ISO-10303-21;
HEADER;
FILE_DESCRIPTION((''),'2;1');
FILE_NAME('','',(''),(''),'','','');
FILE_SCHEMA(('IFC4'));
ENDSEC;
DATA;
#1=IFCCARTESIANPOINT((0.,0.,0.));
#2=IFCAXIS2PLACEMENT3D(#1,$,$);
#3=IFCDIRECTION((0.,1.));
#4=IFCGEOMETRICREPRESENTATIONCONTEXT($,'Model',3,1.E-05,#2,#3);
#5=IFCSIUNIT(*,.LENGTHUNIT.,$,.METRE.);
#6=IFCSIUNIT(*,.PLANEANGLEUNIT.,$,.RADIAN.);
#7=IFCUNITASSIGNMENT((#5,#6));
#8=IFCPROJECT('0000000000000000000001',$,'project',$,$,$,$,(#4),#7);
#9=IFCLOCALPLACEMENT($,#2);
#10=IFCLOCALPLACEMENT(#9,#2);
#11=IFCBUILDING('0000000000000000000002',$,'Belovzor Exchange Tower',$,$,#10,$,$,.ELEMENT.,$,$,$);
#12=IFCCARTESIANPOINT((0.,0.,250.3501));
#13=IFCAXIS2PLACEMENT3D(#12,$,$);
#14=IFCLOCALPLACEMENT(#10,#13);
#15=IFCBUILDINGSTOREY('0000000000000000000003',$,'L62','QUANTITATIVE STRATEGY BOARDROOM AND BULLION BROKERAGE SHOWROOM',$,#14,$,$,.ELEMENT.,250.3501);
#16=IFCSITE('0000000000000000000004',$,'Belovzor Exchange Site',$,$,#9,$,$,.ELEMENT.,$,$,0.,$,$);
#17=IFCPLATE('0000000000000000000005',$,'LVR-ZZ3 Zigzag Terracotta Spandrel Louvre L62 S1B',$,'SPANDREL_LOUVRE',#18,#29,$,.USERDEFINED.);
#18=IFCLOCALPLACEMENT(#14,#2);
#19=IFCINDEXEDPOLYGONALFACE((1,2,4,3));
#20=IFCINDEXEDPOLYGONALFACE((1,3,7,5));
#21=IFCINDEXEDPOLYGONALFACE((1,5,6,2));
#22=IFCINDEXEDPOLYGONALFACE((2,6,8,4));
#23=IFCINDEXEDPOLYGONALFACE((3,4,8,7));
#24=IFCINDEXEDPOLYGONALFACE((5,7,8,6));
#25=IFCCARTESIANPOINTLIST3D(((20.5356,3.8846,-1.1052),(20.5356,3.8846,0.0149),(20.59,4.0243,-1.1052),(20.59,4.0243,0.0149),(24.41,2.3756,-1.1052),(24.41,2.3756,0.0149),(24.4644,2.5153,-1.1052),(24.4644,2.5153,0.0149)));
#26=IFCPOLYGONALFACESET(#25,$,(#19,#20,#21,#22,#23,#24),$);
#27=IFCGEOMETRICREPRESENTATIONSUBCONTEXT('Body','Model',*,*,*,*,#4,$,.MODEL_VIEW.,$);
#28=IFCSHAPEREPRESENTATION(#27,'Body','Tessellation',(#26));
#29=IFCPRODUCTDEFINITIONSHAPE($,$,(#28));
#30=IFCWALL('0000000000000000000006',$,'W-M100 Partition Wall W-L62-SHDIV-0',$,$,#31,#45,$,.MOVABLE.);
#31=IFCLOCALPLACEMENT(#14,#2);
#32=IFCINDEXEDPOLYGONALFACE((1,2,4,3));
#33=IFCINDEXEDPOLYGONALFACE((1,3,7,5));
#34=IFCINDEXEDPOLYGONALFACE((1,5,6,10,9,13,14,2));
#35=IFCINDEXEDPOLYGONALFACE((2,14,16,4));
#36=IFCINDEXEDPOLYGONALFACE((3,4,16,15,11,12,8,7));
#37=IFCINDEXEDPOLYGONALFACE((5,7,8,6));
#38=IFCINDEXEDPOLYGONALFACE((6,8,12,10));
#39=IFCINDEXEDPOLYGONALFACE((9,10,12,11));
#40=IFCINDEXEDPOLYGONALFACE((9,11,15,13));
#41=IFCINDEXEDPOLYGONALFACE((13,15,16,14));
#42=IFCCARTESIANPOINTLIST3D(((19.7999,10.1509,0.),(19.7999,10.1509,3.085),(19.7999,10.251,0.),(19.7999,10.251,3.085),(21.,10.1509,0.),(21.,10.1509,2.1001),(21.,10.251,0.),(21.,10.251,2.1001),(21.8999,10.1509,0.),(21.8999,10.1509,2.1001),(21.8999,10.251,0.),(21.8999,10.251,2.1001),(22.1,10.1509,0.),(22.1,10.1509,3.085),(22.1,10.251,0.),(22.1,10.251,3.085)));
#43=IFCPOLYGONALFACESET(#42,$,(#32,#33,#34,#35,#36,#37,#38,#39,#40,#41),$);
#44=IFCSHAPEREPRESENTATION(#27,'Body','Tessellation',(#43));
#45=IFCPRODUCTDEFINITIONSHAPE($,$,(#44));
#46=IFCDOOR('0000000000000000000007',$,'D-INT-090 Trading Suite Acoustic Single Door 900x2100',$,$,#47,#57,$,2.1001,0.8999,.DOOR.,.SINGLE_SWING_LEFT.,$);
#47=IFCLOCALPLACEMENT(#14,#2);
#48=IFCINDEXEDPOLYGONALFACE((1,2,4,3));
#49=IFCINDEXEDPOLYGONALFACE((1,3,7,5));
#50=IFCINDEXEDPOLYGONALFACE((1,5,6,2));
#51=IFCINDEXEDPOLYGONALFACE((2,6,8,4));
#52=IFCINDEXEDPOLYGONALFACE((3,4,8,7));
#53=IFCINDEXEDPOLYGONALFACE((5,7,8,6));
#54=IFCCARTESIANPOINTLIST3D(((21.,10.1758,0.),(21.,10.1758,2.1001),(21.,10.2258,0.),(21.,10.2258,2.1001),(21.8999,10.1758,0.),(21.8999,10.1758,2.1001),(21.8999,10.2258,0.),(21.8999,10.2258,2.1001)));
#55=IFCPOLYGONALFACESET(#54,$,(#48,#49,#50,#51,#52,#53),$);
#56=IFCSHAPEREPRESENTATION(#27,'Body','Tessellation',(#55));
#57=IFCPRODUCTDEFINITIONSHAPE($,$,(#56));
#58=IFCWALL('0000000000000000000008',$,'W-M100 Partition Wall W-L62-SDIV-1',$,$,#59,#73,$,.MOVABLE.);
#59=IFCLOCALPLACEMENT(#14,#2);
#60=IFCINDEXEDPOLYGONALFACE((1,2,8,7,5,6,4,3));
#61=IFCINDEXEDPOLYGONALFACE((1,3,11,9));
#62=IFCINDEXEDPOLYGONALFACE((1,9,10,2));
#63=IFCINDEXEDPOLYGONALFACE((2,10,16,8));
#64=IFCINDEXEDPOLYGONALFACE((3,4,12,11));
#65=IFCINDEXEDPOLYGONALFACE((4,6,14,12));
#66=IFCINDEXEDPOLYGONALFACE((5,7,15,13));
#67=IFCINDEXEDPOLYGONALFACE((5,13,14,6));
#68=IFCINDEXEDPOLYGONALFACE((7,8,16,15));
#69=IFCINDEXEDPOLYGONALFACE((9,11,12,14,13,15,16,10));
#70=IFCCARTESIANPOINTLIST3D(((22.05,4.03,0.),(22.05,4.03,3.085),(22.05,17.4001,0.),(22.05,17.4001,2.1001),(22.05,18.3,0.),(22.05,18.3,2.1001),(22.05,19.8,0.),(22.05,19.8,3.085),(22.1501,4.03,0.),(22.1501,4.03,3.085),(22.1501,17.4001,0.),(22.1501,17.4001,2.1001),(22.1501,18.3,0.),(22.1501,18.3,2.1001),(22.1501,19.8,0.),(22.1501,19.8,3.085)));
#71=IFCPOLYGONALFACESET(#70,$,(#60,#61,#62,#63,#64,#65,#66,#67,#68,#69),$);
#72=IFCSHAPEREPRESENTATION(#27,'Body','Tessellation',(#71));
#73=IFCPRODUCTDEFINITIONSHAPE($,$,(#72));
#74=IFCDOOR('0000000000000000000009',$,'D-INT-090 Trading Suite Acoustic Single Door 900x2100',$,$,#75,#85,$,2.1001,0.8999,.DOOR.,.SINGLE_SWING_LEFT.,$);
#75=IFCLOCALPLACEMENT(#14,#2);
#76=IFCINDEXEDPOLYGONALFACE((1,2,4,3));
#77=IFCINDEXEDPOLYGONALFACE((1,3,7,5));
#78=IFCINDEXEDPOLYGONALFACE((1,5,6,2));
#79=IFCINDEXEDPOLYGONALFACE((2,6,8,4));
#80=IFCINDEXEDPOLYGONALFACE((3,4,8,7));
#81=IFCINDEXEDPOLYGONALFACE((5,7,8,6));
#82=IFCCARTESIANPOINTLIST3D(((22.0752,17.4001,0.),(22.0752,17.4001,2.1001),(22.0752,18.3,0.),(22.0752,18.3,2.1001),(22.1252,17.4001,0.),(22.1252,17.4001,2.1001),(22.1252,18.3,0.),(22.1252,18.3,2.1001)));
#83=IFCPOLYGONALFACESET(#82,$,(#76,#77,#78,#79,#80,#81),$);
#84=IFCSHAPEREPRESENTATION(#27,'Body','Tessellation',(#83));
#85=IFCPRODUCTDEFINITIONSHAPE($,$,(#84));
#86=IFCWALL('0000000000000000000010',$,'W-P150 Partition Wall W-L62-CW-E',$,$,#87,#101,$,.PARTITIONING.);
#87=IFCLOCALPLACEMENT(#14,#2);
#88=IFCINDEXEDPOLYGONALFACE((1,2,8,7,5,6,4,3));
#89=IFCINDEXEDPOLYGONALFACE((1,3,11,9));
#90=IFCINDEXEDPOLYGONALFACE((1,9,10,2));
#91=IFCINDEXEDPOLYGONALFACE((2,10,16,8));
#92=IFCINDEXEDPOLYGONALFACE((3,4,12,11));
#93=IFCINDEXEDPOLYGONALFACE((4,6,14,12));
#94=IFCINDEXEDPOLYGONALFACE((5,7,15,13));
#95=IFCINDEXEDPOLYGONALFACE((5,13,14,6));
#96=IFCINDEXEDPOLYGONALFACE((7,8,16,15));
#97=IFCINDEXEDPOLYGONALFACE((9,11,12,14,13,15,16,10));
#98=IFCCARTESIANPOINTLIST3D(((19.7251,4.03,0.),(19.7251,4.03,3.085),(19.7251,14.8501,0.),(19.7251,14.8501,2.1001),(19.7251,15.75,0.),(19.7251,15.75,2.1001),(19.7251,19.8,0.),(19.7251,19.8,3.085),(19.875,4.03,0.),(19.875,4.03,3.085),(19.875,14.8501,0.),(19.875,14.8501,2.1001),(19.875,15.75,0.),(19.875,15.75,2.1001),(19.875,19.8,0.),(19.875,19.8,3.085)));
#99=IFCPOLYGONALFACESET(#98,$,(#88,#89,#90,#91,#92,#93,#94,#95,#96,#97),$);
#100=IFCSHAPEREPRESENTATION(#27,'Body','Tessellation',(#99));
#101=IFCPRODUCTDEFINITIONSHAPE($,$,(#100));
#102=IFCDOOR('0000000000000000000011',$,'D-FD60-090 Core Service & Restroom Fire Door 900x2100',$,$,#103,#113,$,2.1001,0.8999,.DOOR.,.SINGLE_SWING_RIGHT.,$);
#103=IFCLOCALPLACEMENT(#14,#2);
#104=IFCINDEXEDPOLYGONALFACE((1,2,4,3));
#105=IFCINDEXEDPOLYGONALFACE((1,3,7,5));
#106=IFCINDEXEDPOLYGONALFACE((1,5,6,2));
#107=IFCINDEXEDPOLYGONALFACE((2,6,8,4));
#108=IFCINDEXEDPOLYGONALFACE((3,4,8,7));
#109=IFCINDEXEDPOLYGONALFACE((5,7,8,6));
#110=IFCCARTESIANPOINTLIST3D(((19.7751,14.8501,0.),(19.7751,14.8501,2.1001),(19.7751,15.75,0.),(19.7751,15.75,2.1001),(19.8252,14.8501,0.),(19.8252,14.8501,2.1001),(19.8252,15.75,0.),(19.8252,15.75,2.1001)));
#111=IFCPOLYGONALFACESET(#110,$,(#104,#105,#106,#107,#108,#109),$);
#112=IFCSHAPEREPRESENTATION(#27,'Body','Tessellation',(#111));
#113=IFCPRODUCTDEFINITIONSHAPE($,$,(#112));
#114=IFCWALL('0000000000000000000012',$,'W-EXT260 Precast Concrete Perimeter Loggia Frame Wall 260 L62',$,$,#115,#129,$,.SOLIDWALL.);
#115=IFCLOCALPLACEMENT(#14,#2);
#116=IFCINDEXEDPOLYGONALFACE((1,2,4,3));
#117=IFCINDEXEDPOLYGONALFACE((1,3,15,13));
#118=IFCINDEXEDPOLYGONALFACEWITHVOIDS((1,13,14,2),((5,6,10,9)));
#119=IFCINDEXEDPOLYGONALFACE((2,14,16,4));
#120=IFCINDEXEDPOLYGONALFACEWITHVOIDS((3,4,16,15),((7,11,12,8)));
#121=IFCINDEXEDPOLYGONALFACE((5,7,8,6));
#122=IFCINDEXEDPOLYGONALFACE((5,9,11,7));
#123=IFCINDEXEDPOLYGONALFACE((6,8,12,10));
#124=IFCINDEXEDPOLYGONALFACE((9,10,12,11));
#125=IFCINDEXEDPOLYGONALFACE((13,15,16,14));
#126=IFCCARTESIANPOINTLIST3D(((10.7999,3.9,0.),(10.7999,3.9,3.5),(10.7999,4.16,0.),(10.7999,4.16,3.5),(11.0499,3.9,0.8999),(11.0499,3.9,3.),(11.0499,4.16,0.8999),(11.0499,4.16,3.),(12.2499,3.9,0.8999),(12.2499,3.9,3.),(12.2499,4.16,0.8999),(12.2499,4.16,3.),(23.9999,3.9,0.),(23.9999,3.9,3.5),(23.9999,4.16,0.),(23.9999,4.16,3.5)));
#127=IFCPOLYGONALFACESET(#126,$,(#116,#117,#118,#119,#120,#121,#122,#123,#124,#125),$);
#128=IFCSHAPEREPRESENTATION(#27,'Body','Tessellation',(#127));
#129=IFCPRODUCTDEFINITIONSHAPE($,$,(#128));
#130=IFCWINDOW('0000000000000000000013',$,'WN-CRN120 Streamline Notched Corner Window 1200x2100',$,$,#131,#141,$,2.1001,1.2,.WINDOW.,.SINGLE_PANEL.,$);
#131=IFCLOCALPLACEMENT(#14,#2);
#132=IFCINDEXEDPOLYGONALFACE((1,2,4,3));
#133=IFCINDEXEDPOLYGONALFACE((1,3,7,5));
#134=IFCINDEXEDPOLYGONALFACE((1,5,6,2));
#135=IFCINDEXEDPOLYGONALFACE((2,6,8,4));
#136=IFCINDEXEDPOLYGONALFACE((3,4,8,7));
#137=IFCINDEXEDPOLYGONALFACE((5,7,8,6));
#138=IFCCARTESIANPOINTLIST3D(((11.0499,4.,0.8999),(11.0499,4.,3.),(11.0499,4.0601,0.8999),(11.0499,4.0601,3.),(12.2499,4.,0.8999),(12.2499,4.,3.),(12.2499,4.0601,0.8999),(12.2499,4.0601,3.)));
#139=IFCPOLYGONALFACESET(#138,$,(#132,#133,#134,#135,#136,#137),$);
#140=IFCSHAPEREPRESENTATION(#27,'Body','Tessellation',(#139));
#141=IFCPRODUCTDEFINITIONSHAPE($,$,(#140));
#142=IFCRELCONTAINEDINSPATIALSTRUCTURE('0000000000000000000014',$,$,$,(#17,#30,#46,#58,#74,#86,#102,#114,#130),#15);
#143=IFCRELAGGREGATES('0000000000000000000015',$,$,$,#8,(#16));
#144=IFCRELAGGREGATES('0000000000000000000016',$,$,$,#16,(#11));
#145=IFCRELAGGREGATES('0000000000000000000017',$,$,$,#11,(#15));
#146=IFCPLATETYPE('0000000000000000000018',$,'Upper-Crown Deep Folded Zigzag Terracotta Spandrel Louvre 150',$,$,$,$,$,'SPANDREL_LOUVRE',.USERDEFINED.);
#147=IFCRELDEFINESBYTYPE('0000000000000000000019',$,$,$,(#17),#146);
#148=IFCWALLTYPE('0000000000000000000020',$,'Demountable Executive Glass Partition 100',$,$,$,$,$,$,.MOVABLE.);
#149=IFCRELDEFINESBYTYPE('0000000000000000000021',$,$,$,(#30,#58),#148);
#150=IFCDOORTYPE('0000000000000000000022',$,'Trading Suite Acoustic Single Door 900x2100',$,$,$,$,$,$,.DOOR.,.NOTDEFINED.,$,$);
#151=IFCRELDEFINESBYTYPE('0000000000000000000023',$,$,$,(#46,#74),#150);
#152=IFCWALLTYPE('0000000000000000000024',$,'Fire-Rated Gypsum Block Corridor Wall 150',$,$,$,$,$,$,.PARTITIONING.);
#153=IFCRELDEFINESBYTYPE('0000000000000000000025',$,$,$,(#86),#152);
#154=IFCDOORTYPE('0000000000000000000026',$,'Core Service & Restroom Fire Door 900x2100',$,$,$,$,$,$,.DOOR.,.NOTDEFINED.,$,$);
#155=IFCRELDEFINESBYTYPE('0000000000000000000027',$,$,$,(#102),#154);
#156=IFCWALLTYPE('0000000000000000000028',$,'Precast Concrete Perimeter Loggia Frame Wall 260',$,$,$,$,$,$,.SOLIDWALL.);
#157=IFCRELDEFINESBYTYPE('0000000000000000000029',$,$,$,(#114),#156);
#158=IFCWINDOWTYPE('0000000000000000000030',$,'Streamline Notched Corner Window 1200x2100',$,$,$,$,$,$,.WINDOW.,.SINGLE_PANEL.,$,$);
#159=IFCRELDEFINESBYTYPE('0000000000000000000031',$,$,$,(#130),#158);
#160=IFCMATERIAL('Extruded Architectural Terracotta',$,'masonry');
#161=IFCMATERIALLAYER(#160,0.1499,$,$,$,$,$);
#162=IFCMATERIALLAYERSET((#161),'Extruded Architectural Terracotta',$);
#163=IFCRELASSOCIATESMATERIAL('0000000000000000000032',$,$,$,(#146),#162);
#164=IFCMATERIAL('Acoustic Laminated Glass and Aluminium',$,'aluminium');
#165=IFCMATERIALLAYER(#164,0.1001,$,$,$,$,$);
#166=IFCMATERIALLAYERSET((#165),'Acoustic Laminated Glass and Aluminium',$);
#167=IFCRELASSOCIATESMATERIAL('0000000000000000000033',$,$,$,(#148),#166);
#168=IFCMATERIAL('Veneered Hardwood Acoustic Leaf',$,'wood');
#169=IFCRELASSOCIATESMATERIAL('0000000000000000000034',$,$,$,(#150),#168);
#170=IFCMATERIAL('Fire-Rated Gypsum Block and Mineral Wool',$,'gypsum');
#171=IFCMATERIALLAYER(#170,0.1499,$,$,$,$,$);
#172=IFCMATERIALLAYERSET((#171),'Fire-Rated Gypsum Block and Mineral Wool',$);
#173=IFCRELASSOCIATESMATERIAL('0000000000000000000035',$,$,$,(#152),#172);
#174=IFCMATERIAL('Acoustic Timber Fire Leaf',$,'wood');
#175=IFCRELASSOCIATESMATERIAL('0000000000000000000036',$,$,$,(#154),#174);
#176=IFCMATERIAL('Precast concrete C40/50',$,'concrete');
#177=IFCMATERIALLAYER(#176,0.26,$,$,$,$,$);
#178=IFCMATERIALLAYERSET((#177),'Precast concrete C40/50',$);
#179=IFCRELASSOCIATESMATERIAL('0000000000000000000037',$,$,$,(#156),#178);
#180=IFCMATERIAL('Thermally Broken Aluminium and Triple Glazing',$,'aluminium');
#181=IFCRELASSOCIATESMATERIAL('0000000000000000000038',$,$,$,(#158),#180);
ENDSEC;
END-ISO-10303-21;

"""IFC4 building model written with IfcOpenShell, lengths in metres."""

from ifc_helpers import new_model, si_unit, direction, frame, frame_2d, origin, origin_2d, place, context, subcontext, project, spatial, rectangle, extrude, material, layer, layer_set, type_object, element, fill, save


model = new_model("IFC4")

# Units and contexts
model_context = context("Model", 3, precision=1e-05, world=origin(), true_north=direction((0.0, 1.0)))
body_context = subcontext(model_context, "Body", "Model", "MODEL_VIEW")
ifc_project = project(units=[si_unit("LENGTHUNIT", "METRE"), si_unit("PLANEANGLEUNIT", "RADIAN")], contexts=[model_context])

# Site, building, storey
site_placement = place(None, origin())
site = spatial("IfcSite", under=ifc_project, at=site_placement, Name="Belovzor Exchange Site", CompositionType="ELEMENT", RefElevation=0.0)
building_placement = place(site_placement, origin())
building = spatial("IfcBuilding", under=site, at=building_placement, Name="Belovzor Exchange Tower", CompositionType="ELEMENT")
storey_placement = place(building_placement, frame((0.0, 0.0, 250.3501)))
storey = spatial("IfcBuildingStorey", under=building, at=storey_placement, Name="L62", Description="QUANTITATIVE STRATEGY BOARDROOM AND BULLION BROKERAGE SHOWROOM", CompositionType="ELEMENT", Elevation=250.3501)

# Plate
ifc_material_1 = material(Name="Extruded Architectural Terracotta", Category="masonry")
ifc_layer_1 = layer(ifc_material_1, 0.1499)
ifc_layer_set_1 = layer_set([ifc_layer_1], Name="Extruded Architectural Terracotta")
plate_type_1 = type_object("IfcPlateType", Name="Upper-Crown Deep Folded Zigzag Terracotta Spandrel Louvre 150", ElementType="SPANDREL_LOUVRE", PredefinedType="USERDEFINED", material=ifc_layer_set_1)
for number, where, z_axis, x_axis, name in (
    (1, (22.5, 3.2, -1.1052), (0.0, 0.0, 1.0), (0.931818, -0.362926, 0.0), "LVR-ZZ3 Zigzag Terracotta Spandrel Louvre L62 S1B"),
):
    element("IfcPlate", number, at=place(storey_placement, frame(where, z_axis=z_axis, x_axis=x_axis)), inside=storey, type_object=plate_type_1, Name=name, ObjectType="SPANDREL_LOUVRE", PredefinedType="USERDEFINED", context=body_context, shape_type="SweptSolid", body=[
        extrude(rectangle(XDim=4.158, YDim=0.1499, at=origin_2d()), origin(), (0.0, 0.0, 1.0), 1.1201),
    ])

# Walls, openings, doors
ifc_material_2 = material(Name="Acoustic Laminated Glass and Aluminium", Category="aluminium")
ifc_layer_2 = layer(ifc_material_2, 0.1001)
ifc_layer_set_2 = layer_set([ifc_layer_2], Name="Acoustic Laminated Glass and Aluminium")
wall_type_1 = type_object("IfcWallType", Name="Demountable Executive Glass Partition 100", PredefinedType="MOVABLE", material=ifc_layer_set_2)
wall_1_placement = place(storey_placement, frame((19.8, 10.2009, 0.0), z_axis=(0.0, 0.0, 1.0), x_axis=(1.0, 0.0, 0.0)))
wall_1 = element("IfcWall", 2, at=wall_1_placement, inside=storey, type_object=wall_type_1, Name="W-M100 Partition Wall W-L62-SHDIV-0", PredefinedType="MOVABLE", context=body_context, shape_type="SweptSolid", body=[
    extrude(rectangle(XDim=2.3, YDim=0.1001, at=frame_2d((1.1499, 0.0))), origin(), (0.0, 0.0, 1.0), 3.085),
])
opening_1_placement = place(wall_1_placement, frame((1.2, 0.0, 0.0)))
opening_1 = element("IfcOpeningElement", 3, at=opening_1_placement, cuts=wall_1, PredefinedType="OPENING", context=body_context, shape_type="SweptSolid", body=[
    extrude(rectangle(XDim=0.8999, YDim=2.1001, at=frame_2d((0.45, 1.05))), frame((0.0, 0.0601, 0.0), z_axis=(0.0, -1.0, 0.0), x_axis=(1.0, 0.0, 0.0)), (0.0, 0.0, 1.0), 0.1201),
])
ifc_material_3 = material(Name="Veneered Hardwood Acoustic Leaf", Category="wood")
door_type_1 = type_object("IfcDoorType", Name="Trading Suite Acoustic Single Door 900x2100", OperationType="NOTDEFINED", PredefinedType="DOOR", material=ifc_material_3)
door_1_placement = place(opening_1_placement, origin())
door_1 = element("IfcDoor", 4, at=door_1_placement, inside=storey, type_object=door_type_1, Name="D-INT-090 Trading Suite Acoustic Single Door 900x2100", OperationType="SINGLE_SWING_LEFT", OverallHeight=2.1001, OverallWidth=0.8999, PredefinedType="DOOR", context=body_context, shape_type="SweptSolid", body=[
    extrude(rectangle(XDim=0.8999, YDim=2.1001, at=frame_2d((0.45, 1.05))), frame((0.0, 0.0249, 0.0), z_axis=(0.0, -1.0, 0.0), x_axis=(1.0, 0.0, 0.0)), (0.0, 0.0, 1.0), 0.05),
])
fill(opening_1, door_1)
wall_2_placement = place(storey_placement, frame((22.1001, 4.03, 0.0), z_axis=(0.0, 0.0, 1.0), x_axis=(0.0, 1.0, 0.0)))
wall_2 = element("IfcWall", 5, at=wall_2_placement, inside=storey, type_object=wall_type_1, Name="W-M100 Partition Wall W-L62-SDIV-1", PredefinedType="MOVABLE", context=body_context, shape_type="SweptSolid", body=[
    extrude(rectangle(XDim=15.77, YDim=0.1001, at=frame_2d((7.885, 0.0))), origin(), (0.0, 0.0, 1.0), 3.085),
])
opening_2_placement = place(wall_2_placement, frame((13.3701, 0.0, 0.0)))
opening_2 = element("IfcOpeningElement", 6, at=opening_2_placement, cuts=wall_2, PredefinedType="OPENING", context=body_context, shape_type="SweptSolid", body=[
    extrude(rectangle(XDim=0.8999, YDim=2.1001, at=frame_2d((0.45, 1.05))), frame((0.0, 0.0601, 0.0), z_axis=(0.0, -1.0, 0.0), x_axis=(1.0, 0.0, 0.0)), (0.0, 0.0, 1.0), 0.1201),
])
door_2_placement = place(opening_2_placement, origin())
door_2 = element("IfcDoor", 7, at=door_2_placement, inside=storey, type_object=door_type_1, Name="D-INT-090 Trading Suite Acoustic Single Door 900x2100", OperationType="SINGLE_SWING_LEFT", OverallHeight=2.1001, OverallWidth=0.8999, PredefinedType="DOOR", context=body_context, shape_type="SweptSolid", body=[
    extrude(rectangle(XDim=0.8999, YDim=2.1001, at=frame_2d((0.45, 1.05))), frame((0.0, 0.0249, 0.0), z_axis=(0.0, -1.0, 0.0), x_axis=(1.0, 0.0, 0.0)), (0.0, 0.0, 1.0), 0.05),
])
fill(opening_2, door_2)
ifc_material_4 = material(Name="Fire-Rated Gypsum Block and Mineral Wool", Category="gypsum")
ifc_layer_3 = layer(ifc_material_4, 0.1499)
ifc_layer_set_3 = layer_set([ifc_layer_3], Name="Fire-Rated Gypsum Block and Mineral Wool")
wall_type_2 = type_object("IfcWallType", Name="Fire-Rated Gypsum Block Corridor Wall 150", PredefinedType="PARTITIONING", material=ifc_layer_set_3)
wall_3_placement = place(storey_placement, frame((19.8, 4.03, 0.0), z_axis=(0.0, 0.0, 1.0), x_axis=(0.0, 1.0, 0.0)))
wall_3 = element("IfcWall", 8, at=wall_3_placement, inside=storey, type_object=wall_type_2, Name="W-P150 Partition Wall W-L62-CW-E", PredefinedType="PARTITIONING", context=body_context, shape_type="SweptSolid", body=[
    extrude(rectangle(XDim=15.77, YDim=0.1499, at=frame_2d((7.885, 0.0))), origin(), (0.0, 0.0, 1.0), 3.085),
])
opening_3_placement = place(wall_3_placement, frame((10.8201, 0.0, 0.0)))
opening_3 = element("IfcOpeningElement", 9, at=opening_3_placement, cuts=wall_3, PredefinedType="OPENING", context=body_context, shape_type="SweptSolid", body=[
    extrude(rectangle(XDim=0.8999, YDim=2.1001, at=frame_2d((0.45, 1.05))), frame((0.0, 0.085, 0.0), z_axis=(0.0, -1.0, 0.0), x_axis=(1.0, 0.0, 0.0)), (0.0, 0.0, 1.0), 0.1699),
])
ifc_material_5 = material(Name="Acoustic Timber Fire Leaf", Category="wood")
door_type_2 = type_object("IfcDoorType", Name="Core Service & Restroom Fire Door 900x2100", OperationType="NOTDEFINED", PredefinedType="DOOR", material=ifc_material_5)
door_3_placement = place(opening_3_placement, origin())
door_3 = element("IfcDoor", 10, at=door_3_placement, inside=storey, type_object=door_type_2, Name="D-FD60-090 Core Service & Restroom Fire Door 900x2100", OperationType="SINGLE_SWING_RIGHT", OverallHeight=2.1001, OverallWidth=0.8999, PredefinedType="DOOR", context=body_context, shape_type="SweptSolid", body=[
    extrude(rectangle(XDim=0.8999, YDim=2.1001, at=frame_2d((0.45, 1.05))), frame((0.0, 0.0249, 0.0), z_axis=(0.0, -1.0, 0.0), x_axis=(1.0, 0.0, 0.0)), (0.0, 0.0, 1.0), 0.05),
])
fill(opening_3, door_3)

# Wall, opening, window
ifc_material_6 = material(Name="Precast concrete C40/50", Category="concrete")
ifc_layer_4 = layer(ifc_material_6, 0.26)
ifc_layer_set_4 = layer_set([ifc_layer_4], Name="Precast concrete C40/50")
wall_type_3 = type_object("IfcWallType", Name="Precast Concrete Perimeter Loggia Frame Wall 260", PredefinedType="SOLIDWALL", material=ifc_layer_set_4)
wall_4_placement = place(storey_placement, frame((24.0, 4.03, 0.0), z_axis=(0.0, 0.0, 1.0), x_axis=(-1.0, 0.0, 0.0)))
wall_4 = element("IfcWall", 11, at=wall_4_placement, inside=storey, type_object=wall_type_3, Name="W-EXT260 Precast Concrete Perimeter Loggia Frame Wall 260 L62", PredefinedType="SOLIDWALL", context=body_context, shape_type="SweptSolid", body=[
    extrude(rectangle(XDim=13.2, YDim=0.26, at=frame_2d((6.6001, 0.0))), origin(), (0.0, 0.0, 1.0), 3.5),
])
opening_4_placement = place(wall_4_placement, frame((11.75, 0.0, 0.8999)))
opening_4 = element("IfcOpeningElement", 12, at=opening_4_placement, cuts=wall_4, PredefinedType="OPENING", context=body_context, shape_type="SweptSolid", body=[
    extrude(rectangle(XDim=1.2, YDim=2.1001, at=frame_2d((0.6001, 1.05))), frame((0.0, 0.1399, 0.0), z_axis=(0.0, -1.0, 0.0), x_axis=(1.0, 0.0, 0.0)), (0.0, 0.0, 1.0), 0.28),
])
ifc_material_7 = material(Name="Thermally Broken Aluminium and Triple Glazing", Category="aluminium")
window_type = type_object("IfcWindowType", Name="Streamline Notched Corner Window 1200x2100", PartitioningType="SINGLE_PANEL", PredefinedType="WINDOW", material=ifc_material_7)
window_placement = place(opening_4_placement, origin())
window = element("IfcWindow", 13, at=window_placement, inside=storey, type_object=window_type, Name="WN-CRN120 Streamline Notched Corner Window 1200x2100", OverallHeight=2.1001, OverallWidth=1.2, PartitioningType="SINGLE_PANEL", PredefinedType="WINDOW", context=body_context, shape_type="SweptSolid", body=[
    extrude(rectangle(XDim=1.2, YDim=2.1001, at=frame_2d((0.6001, 1.05))), frame((0.0, 0.03, 0.0), z_axis=(0.0, -1.0, 0.0), x_axis=(1.0, 0.0, 0.0)), (0.0, 0.0, 1.0), 0.0601),
])
fill(opening_4, window)

save(model, "model.ifc")
